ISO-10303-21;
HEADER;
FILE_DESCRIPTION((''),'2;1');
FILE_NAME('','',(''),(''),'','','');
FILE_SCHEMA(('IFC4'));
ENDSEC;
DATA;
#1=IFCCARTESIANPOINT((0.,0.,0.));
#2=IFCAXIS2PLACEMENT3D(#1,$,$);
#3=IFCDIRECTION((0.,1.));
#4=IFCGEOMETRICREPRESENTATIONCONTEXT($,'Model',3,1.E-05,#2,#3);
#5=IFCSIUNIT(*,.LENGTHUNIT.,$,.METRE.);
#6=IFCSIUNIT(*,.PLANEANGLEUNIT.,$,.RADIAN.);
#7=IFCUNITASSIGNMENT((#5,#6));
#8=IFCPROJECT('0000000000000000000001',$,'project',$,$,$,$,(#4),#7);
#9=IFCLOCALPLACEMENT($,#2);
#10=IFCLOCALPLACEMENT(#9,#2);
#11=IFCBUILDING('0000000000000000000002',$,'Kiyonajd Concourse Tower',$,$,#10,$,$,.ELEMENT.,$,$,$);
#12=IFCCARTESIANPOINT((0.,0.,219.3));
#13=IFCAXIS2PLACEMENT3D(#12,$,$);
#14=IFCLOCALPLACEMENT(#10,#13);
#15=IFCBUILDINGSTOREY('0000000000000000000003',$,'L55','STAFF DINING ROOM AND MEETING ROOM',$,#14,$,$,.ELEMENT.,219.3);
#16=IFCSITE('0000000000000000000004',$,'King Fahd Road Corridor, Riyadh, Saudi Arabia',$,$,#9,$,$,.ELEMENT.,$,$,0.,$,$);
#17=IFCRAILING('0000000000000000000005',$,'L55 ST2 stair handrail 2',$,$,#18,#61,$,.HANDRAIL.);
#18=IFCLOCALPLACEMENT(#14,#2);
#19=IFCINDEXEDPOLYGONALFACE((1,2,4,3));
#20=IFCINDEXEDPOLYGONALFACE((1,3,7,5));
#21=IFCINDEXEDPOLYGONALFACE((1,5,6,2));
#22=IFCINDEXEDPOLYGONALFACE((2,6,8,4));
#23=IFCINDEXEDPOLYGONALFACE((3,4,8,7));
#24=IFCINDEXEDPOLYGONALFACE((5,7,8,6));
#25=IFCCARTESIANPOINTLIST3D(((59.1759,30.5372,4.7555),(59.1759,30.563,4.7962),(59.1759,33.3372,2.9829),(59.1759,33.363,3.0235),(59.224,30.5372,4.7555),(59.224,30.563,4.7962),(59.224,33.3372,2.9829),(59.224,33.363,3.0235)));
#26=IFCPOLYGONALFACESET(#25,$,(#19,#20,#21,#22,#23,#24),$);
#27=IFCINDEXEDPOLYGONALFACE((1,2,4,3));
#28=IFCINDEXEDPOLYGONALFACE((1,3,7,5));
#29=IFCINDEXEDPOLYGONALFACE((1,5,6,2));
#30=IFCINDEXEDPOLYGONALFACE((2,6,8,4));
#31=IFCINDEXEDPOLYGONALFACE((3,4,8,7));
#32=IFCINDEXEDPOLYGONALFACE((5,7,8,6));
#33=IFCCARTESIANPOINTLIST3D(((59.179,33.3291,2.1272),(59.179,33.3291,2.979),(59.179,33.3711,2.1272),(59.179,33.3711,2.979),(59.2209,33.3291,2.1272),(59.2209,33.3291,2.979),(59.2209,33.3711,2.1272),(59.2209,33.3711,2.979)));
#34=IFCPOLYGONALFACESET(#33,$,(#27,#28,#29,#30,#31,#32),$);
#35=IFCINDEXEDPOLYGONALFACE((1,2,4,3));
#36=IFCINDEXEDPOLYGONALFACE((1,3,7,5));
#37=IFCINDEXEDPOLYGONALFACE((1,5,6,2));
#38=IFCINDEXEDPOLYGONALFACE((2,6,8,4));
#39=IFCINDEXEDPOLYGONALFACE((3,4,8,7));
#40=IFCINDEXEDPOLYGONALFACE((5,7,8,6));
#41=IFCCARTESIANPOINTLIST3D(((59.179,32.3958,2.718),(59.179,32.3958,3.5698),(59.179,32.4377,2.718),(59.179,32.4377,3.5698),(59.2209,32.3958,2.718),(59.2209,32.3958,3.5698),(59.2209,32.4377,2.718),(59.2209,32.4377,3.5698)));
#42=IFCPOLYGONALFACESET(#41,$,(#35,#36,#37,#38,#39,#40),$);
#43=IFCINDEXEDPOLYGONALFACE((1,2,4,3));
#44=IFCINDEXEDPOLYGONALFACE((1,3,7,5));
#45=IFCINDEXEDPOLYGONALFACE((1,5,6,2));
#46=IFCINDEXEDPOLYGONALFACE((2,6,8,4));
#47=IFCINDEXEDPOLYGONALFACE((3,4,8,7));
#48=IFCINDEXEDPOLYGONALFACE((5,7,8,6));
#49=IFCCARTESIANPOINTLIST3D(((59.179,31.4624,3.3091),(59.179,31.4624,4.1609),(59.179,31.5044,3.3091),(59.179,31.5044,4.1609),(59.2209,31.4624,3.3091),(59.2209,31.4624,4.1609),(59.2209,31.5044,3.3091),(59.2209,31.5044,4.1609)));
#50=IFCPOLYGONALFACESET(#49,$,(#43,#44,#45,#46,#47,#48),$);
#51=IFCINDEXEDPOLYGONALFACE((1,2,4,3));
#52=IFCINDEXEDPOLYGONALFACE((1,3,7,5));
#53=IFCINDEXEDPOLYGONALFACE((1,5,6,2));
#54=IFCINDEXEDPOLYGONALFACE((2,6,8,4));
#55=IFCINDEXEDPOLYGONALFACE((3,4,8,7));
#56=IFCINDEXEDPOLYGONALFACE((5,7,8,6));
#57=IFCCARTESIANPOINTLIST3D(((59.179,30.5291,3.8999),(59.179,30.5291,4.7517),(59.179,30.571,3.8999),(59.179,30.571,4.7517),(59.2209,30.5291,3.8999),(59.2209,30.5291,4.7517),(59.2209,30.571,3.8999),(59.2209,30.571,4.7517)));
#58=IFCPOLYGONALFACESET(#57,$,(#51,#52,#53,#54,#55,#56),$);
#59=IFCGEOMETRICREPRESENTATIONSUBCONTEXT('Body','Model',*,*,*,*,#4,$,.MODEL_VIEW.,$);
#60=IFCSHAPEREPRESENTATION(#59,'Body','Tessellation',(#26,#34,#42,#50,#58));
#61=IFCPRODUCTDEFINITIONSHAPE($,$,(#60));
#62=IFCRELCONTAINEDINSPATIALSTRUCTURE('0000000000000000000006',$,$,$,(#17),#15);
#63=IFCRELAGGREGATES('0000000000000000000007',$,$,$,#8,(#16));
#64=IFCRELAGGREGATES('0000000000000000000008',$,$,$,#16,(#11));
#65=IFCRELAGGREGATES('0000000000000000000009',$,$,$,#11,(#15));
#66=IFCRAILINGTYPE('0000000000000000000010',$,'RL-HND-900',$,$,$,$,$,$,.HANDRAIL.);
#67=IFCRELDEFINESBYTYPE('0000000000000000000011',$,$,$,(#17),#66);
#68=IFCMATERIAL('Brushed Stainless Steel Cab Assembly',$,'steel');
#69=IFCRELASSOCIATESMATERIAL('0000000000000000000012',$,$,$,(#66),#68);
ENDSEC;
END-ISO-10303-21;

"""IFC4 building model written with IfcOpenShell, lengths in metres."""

from ifc_helpers import new_model, si_unit, direction, frame, origin, origin_2d, place, context, subcontext, project, spatial, rectangle, extrude, material, type_object, element, save


model = new_model("IFC4")

# Units and contexts
model_context = context("Model", 3, precision=1e-05, world=origin(), true_north=direction((0.0, 1.0)))
body_context = subcontext(model_context, "Body", "Model", "MODEL_VIEW")
ifc_project = project(units=[si_unit("LENGTHUNIT", "METRE"), si_unit("PLANEANGLEUNIT", "RADIAN")], contexts=[model_context])

# Site, building, storey
site_placement = place(None, origin())
site = spatial("IfcSite", under=ifc_project, at=site_placement, Name="King Fahd Road Corridor, Riyadh, Saudi Arabia", CompositionType="ELEMENT", RefElevation=0.0)
building_placement = place(site_placement, origin())
building = spatial("IfcBuilding", under=site, at=building_placement, Name="Kiyonajd Concourse Tower", CompositionType="ELEMENT")
storey_placement = place(building_placement, frame((0.0, 0.0, 219.3)))
storey = spatial("IfcBuildingStorey", under=building, at=storey_placement, Name="L55", Description="STAFF DINING ROOM AND MEETING ROOM", CompositionType="ELEMENT", Elevation=219.3)

# Shared definitions
ifc_material_1 = material(Name="Brushed Stainless Steel Cab Assembly", Category="steel")

# Railing
railing_type_1 = type_object("IfcRailingType", Name="RL-HND-900", PredefinedType="HANDRAIL", material=ifc_material_1)
railing_1_placement = place(storey_placement, frame((59.2, 33.3501, 2.1272)))
element("IfcRailing", 1, at=railing_1_placement, inside=storey, type_object=railing_type_1, Name="L55 ST2 stair handrail 2", PredefinedType="HANDRAIL", context=body_context, shape_type="SweptSolid", body=[
    extrude(rectangle(XDim=0.0481, YDim=0.0481, at=origin_2d()), frame((0.0, 0.0, 0.876), z_axis=(0.0, -0.844909, 0.53491), x_axis=(1.0, 0.0, 0.0)), (0.0, 0.0, 1.0), 3.314),
    extrude(rectangle(XDim=0.042, YDim=0.042, at=origin_2d()), origin(), (0.0, 0.0, 1.0), 0.8518),
    extrude(rectangle(XDim=0.042, YDim=0.042, at=origin_2d()), frame((0.0, -0.9333, 0.5908)), (0.0, 0.0, 1.0), 0.8518),
    extrude(rectangle(XDim=0.042, YDim=0.042, at=origin_2d()), frame((0.0, -1.8667, 1.1819)), (0.0, 0.0, 1.0), 0.8518),
    extrude(rectangle(XDim=0.042, YDim=0.042, at=origin_2d()), frame((0.0, -2.8, 1.7727)), (0.0, 0.0, 1.0), 0.8518),
])

save(model, "model.ifc")
